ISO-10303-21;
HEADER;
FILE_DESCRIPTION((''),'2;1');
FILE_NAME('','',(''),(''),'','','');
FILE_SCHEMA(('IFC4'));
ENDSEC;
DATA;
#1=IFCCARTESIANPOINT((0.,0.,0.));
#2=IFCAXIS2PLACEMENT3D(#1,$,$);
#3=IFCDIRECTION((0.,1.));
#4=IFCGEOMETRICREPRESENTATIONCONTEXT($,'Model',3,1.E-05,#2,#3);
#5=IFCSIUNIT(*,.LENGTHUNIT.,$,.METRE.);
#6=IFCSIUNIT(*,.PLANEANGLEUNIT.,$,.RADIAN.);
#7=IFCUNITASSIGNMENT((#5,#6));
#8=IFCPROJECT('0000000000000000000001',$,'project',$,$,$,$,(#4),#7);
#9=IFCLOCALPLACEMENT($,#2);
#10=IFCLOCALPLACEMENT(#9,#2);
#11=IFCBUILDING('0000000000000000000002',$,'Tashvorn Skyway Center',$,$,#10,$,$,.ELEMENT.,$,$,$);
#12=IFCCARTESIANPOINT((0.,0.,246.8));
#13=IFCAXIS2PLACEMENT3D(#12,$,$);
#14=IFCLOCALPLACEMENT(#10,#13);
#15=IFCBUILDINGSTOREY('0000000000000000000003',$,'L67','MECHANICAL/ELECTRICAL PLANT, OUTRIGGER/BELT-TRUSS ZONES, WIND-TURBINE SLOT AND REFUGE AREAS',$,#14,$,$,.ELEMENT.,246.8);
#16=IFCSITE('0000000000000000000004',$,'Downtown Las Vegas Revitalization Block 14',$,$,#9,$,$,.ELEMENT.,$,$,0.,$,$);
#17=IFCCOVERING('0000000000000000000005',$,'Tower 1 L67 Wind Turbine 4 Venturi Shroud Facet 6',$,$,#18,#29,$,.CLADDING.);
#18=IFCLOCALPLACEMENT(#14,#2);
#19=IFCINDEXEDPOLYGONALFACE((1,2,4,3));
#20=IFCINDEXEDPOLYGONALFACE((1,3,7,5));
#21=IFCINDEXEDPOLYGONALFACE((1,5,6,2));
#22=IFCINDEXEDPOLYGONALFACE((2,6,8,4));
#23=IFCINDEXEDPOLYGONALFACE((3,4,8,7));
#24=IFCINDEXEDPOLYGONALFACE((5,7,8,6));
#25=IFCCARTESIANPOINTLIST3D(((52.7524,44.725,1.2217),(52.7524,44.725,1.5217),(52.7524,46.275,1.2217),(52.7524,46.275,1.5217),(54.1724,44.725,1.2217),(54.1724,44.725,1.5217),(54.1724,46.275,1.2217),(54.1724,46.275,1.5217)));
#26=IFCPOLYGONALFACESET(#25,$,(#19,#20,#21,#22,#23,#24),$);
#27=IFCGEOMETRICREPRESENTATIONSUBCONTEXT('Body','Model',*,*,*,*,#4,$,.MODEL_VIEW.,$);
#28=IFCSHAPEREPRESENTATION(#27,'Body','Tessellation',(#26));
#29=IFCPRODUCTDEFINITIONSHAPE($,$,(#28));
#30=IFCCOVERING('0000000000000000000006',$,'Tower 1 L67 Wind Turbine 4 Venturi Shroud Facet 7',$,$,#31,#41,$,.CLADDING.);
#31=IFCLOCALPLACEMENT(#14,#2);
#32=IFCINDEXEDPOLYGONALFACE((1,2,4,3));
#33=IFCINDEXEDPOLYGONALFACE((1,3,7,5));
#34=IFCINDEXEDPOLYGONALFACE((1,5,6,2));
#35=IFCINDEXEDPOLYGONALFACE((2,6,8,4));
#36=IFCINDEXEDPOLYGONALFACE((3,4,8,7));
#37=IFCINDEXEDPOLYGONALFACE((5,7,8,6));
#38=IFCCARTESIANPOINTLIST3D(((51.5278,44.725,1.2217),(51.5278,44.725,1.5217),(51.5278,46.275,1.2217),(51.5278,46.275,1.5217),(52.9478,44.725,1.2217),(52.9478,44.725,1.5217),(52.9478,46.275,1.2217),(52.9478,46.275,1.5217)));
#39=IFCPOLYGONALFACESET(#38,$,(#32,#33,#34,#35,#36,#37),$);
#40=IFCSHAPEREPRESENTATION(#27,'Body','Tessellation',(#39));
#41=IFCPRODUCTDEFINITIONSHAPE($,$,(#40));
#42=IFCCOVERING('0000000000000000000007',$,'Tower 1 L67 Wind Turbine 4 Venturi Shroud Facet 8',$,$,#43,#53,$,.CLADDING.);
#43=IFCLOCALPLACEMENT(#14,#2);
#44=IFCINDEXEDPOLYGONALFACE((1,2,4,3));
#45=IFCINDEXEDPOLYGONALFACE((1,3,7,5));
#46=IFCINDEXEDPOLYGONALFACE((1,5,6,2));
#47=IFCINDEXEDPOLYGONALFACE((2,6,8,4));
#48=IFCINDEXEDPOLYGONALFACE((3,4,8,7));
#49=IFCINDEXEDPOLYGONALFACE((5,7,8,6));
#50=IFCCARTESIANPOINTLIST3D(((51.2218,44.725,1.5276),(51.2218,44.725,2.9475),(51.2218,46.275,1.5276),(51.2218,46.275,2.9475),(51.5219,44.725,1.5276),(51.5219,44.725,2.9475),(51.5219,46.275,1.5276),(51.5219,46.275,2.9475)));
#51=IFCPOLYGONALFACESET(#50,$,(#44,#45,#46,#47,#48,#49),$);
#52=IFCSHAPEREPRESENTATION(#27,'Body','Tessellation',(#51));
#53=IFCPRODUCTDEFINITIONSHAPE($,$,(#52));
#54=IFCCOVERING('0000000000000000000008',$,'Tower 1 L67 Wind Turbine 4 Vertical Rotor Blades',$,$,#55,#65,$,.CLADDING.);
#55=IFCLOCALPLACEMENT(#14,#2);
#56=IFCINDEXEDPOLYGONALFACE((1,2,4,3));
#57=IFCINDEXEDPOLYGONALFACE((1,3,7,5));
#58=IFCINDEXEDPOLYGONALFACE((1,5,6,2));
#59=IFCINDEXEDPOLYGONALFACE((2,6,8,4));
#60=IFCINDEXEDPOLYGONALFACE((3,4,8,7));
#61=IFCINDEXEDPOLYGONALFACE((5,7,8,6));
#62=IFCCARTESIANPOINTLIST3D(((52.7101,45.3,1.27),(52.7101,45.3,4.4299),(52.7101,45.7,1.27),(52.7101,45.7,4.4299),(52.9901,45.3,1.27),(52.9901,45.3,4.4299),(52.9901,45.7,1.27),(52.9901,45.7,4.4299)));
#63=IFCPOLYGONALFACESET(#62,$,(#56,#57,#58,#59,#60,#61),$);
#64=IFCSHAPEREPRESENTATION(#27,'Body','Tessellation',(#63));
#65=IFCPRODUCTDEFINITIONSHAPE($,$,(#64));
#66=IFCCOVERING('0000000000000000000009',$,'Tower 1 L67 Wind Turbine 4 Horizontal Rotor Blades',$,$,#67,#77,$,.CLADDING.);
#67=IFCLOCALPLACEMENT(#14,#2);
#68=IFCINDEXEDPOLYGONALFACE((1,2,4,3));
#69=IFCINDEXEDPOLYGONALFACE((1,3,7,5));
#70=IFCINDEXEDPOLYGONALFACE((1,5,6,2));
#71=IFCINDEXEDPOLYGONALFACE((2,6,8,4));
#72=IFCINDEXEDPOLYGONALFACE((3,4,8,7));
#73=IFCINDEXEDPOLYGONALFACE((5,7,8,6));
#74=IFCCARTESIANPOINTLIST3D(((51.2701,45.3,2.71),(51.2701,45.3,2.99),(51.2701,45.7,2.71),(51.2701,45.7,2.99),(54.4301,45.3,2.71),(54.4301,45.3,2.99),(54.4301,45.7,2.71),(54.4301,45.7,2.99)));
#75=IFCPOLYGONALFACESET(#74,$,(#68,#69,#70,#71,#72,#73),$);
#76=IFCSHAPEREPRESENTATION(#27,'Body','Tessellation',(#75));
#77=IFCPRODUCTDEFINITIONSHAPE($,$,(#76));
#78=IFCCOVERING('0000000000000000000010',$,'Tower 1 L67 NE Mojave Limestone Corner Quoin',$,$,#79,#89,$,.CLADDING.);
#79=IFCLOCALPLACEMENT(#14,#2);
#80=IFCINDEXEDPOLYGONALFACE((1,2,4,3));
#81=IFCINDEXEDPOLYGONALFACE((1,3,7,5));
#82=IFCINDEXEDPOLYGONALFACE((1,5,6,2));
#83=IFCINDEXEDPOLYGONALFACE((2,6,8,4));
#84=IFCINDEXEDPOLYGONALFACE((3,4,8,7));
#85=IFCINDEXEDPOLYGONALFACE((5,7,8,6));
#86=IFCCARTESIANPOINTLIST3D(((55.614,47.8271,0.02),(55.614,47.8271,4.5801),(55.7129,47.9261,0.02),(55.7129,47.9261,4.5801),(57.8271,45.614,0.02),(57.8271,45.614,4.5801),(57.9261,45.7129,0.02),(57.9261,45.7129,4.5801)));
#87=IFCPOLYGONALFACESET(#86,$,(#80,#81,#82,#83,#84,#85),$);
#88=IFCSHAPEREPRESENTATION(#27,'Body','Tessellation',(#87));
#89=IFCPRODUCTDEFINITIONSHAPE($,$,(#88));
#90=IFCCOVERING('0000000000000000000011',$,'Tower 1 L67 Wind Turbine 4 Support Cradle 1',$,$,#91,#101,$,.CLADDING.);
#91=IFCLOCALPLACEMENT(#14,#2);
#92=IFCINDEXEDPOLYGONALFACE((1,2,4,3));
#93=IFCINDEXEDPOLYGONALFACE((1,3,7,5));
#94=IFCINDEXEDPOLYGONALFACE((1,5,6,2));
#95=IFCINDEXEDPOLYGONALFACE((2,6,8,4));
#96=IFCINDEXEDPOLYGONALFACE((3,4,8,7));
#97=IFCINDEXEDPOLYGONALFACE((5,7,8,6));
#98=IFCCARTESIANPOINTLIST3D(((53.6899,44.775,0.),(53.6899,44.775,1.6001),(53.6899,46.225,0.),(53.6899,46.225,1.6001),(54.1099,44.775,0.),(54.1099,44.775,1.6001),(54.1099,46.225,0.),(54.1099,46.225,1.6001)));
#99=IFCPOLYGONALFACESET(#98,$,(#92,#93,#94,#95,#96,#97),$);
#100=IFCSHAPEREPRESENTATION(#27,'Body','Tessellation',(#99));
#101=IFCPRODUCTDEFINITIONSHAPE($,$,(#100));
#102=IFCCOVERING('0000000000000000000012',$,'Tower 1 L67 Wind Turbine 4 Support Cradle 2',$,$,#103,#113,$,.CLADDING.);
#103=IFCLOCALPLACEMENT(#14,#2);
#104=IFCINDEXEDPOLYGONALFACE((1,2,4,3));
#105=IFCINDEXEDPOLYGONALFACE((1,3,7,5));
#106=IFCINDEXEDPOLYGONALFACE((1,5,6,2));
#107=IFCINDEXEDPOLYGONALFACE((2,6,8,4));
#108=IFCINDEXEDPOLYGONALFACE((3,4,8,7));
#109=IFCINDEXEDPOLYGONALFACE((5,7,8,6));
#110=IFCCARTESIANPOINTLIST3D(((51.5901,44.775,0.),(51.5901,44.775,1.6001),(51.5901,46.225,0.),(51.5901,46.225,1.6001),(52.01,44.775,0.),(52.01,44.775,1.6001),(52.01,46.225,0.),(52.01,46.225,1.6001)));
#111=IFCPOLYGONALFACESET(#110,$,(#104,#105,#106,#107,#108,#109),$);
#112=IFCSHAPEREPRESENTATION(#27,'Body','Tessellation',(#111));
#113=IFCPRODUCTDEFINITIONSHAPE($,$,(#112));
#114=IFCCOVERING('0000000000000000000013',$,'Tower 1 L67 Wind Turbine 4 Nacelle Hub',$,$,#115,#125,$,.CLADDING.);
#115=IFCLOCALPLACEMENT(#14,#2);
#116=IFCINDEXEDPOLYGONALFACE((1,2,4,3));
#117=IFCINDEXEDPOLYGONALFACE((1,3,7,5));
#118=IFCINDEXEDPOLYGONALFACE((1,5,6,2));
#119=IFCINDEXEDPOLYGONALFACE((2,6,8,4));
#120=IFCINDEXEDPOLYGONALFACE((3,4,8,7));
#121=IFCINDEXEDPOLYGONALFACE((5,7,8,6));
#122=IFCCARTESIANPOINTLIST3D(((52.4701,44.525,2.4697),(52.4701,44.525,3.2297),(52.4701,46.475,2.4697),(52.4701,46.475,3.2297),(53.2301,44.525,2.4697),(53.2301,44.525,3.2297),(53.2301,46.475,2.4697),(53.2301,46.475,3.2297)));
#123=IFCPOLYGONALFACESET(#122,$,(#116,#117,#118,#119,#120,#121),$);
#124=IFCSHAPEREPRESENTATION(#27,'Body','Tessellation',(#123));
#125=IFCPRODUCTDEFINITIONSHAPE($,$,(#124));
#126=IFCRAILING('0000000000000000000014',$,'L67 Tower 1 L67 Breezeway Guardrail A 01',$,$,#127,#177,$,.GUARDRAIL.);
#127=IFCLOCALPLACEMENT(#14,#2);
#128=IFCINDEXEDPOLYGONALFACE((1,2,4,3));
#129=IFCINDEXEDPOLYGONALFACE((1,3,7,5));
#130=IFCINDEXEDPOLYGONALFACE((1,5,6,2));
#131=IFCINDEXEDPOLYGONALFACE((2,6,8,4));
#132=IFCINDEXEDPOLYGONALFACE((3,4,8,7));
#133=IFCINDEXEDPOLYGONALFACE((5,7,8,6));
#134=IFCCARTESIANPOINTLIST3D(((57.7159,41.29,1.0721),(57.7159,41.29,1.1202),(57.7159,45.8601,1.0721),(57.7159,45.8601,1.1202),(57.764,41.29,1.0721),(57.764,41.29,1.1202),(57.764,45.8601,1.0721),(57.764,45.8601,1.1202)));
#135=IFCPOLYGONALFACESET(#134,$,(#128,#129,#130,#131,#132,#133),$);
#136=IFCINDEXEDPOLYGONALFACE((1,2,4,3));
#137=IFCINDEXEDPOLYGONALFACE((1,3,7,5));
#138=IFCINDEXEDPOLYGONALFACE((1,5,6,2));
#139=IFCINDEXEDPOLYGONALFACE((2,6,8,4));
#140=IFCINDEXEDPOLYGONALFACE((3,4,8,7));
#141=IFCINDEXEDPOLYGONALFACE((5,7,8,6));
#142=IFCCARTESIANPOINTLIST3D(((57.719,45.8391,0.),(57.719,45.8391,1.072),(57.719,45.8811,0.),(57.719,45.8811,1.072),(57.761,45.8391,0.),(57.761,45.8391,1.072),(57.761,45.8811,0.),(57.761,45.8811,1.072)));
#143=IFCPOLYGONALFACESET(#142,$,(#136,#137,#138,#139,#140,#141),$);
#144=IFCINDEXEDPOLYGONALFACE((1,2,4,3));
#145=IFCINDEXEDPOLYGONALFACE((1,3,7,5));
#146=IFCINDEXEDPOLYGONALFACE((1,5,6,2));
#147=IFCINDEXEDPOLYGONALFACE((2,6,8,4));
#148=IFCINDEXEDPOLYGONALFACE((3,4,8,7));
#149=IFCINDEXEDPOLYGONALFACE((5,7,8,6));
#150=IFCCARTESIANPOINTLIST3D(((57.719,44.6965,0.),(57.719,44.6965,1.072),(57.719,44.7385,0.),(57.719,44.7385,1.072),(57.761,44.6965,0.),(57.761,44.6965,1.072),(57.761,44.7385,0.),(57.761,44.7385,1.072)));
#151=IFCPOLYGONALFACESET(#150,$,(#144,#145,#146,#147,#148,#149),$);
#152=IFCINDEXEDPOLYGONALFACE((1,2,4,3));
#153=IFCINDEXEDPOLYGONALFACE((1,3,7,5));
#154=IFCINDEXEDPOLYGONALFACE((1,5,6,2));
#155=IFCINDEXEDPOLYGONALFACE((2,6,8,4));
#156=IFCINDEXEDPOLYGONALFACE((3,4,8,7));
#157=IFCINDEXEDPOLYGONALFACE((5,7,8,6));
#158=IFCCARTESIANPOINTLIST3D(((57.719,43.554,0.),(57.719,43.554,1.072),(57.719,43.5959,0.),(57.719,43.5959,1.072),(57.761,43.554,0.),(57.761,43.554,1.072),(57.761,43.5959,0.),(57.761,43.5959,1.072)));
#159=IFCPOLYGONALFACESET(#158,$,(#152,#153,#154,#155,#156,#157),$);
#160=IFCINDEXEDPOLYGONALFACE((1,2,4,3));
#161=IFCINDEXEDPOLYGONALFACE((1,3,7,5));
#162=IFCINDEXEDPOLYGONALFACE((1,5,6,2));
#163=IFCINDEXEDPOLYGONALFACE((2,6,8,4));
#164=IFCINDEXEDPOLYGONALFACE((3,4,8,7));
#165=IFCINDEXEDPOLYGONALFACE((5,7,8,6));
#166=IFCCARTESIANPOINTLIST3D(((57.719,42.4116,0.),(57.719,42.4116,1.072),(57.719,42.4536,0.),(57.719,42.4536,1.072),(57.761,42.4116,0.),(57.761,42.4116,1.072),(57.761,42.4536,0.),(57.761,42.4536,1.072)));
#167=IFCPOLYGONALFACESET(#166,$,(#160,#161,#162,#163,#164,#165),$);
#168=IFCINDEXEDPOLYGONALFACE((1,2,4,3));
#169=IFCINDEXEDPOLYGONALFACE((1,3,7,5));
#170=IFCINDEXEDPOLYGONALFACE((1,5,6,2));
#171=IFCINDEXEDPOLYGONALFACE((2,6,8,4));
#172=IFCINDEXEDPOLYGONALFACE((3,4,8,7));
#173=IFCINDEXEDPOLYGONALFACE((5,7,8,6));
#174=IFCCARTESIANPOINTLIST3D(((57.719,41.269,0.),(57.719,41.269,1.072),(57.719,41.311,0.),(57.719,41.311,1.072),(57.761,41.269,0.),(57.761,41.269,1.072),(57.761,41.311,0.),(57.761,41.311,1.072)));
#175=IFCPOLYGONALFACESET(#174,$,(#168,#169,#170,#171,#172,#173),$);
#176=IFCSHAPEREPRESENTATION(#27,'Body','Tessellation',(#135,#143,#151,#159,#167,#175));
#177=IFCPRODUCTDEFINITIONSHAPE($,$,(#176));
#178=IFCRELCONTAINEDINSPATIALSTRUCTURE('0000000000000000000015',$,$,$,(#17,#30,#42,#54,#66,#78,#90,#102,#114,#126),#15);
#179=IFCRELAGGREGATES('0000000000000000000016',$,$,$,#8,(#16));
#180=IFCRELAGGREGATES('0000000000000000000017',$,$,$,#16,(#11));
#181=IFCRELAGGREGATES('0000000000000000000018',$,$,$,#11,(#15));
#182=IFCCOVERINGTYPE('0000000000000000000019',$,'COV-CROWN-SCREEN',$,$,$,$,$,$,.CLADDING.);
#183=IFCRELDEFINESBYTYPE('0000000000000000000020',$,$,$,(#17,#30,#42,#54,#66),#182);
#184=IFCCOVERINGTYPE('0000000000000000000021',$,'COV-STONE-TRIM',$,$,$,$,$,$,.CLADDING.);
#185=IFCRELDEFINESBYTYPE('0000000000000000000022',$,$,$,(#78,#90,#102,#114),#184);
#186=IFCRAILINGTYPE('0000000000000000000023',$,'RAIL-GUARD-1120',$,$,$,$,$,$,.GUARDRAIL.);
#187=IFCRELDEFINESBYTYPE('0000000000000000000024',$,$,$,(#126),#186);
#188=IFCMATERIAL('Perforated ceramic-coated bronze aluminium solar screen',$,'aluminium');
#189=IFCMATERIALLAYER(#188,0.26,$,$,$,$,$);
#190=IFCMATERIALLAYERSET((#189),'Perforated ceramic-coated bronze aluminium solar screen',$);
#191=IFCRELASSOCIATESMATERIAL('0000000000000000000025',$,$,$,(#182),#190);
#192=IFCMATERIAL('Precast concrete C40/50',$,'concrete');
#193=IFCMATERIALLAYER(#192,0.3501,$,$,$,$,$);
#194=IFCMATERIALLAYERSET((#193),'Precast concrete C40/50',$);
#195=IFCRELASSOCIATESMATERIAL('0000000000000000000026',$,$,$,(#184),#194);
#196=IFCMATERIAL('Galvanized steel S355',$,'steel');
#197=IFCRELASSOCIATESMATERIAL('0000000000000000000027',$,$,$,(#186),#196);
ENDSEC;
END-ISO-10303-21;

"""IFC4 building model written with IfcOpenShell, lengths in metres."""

from ifc_helpers import new_model, si_unit, direction, frame, origin, origin_2d, place, context, subcontext, project, spatial, rectangle, extrude, material, layer, layer_set, type_object, element, save


model = new_model("IFC4")

# Units and contexts
model_context = context("Model", 3, precision=1e-05, world=origin(), true_north=direction((0.0, 1.0)))
body_context = subcontext(model_context, "Body", "Model", "MODEL_VIEW")
ifc_project = project(units=[si_unit("LENGTHUNIT", "METRE"), si_unit("PLANEANGLEUNIT", "RADIAN")], contexts=[model_context])

# Site, building, storey
site_placement = place(None, origin())
site = spatial("IfcSite", under=ifc_project, at=site_placement, Name="Downtown Las Vegas Revitalization Block 14", CompositionType="ELEMENT", RefElevation=0.0)
building_placement = place(site_placement, origin())
building = spatial("IfcBuilding", under=site, at=building_placement, Name="Tashvorn Skyway Center", CompositionType="ELEMENT")
storey_placement = place(building_placement, frame((0.0, 0.0, 246.8)))
storey = spatial("IfcBuildingStorey", under=building, at=storey_placement, Name="L67", Description="MECHANICAL/ELECTRICAL PLANT, OUTRIGGER/BELT-TRUSS ZONES, WIND-TURBINE SLOT AND REFUGE AREAS", CompositionType="ELEMENT", Elevation=246.8)

# Shared definitions
ifc_material_1 = material(Name="Precast concrete C40/50", Category="concrete")

# Coverings
ifc_material_2 = material(Name="Perforated ceramic-coated bronze aluminium solar screen", Category="aluminium")
ifc_layer_1 = layer(ifc_material_2, 0.26)
ifc_layer_set_1 = layer_set([ifc_layer_1], Name="Perforated ceramic-coated bronze aluminium solar screen")
covering_type_1 = type_object("IfcCoveringType", Name="COV-CROWN-SCREEN", PredefinedType="CLADDING", material=ifc_layer_set_1)
for number, where, z_axis, x_axis, name in (
    (1, (53.4624, 45.5, 1.2217), (0.0, 0.0, 1.0), (-1.0, 0.0, 0.0), "Tower 1 L67 Wind Turbine 4 Venturi Shroud Facet 6"),
    (2, (52.2378, 45.5, 1.2217), (0.0, 0.0, 1.0), (-1.0, 0.0, 0.0), "Tower 1 L67 Wind Turbine 4 Venturi Shroud Facet 7"),
):
    element("IfcCovering", number, at=place(storey_placement, frame(where, z_axis=z_axis, x_axis=x_axis)), inside=storey, type_object=covering_type_1, Name=name, PredefinedType="CLADDING", context=body_context, shape_type="SweptSolid", body=[
        extrude(rectangle(XDim=1.4199, YDim=1.55, at=origin_2d()), origin(), (0.0, 0.0, 1.0), 0.3),
    ])
covering_1_placement = place(storey_placement, frame((51.3718, 45.5, 1.5276), z_axis=(0.0, 0.0, 1.0), x_axis=(-1.0, 0.0, 0.0)))
element("IfcCovering", 3, at=covering_1_placement, inside=storey, type_object=covering_type_1, Name="Tower 1 L67 Wind Turbine 4 Venturi Shroud Facet 8", PredefinedType="CLADDING", context=body_context, shape_type="SweptSolid", body=[
    extrude(rectangle(XDim=0.3, YDim=1.55, at=origin_2d()), origin(), (0.0, 0.0, 1.0), 1.4199),
])
covering_2_placement = place(storey_placement, frame((52.8501, 45.5, 1.27), z_axis=(0.0, 0.0, 1.0), x_axis=(-1.0, 0.0, 0.0)))
element("IfcCovering", 4, at=covering_2_placement, inside=storey, type_object=covering_type_1, Name="Tower 1 L67 Wind Turbine 4 Vertical Rotor Blades", PredefinedType="CLADDING", context=body_context, shape_type="SweptSolid", body=[
    extrude(rectangle(XDim=0.28, YDim=0.3999, at=origin_2d()), origin(), (0.0, 0.0, 1.0), 3.1599),
])
covering_3_placement = place(storey_placement, frame((52.8501, 45.5, 2.71), z_axis=(0.0, 0.0, 1.0), x_axis=(-1.0, 0.0, 0.0)))
element("IfcCovering", 5, at=covering_3_placement, inside=storey, type_object=covering_type_1, Name="Tower 1 L67 Wind Turbine 4 Horizontal Rotor Blades", PredefinedType="CLADDING", context=body_context, shape_type="SweptSolid", body=[
    extrude(rectangle(XDim=3.1599, YDim=0.3999, at=origin_2d()), origin(), (0.0, 0.0, 1.0), 0.28),
])
ifc_layer_2 = layer(ifc_material_1, 0.3501)
ifc_layer_set_2 = layer_set([ifc_layer_2], Name="Precast concrete C40/50")
covering_type_2 = type_object("IfcCoveringType", Name="COV-STONE-TRIM", PredefinedType="CLADDING", material=ifc_layer_set_2)
covering_4_placement = place(storey_placement, frame((56.77, 46.77, 0.02), z_axis=(0.0, 0.0, 1.0), x_axis=(0.707107, -0.707107, 0.0)))
element("IfcCovering", 6, at=covering_4_placement, inside=storey, type_object=covering_type_2, Name="Tower 1 L67 NE Mojave Limestone Corner Quoin", PredefinedType="CLADDING", context=body_context, shape_type="SweptSolid", body=[
    extrude(rectangle(XDim=3.1299, YDim=0.1399, at=origin_2d()), origin(), (0.0, 0.0, 1.0), 4.5601),
])
for number, where, z_axis, x_axis, name in (
    (7, (53.8999, 45.5, 0.0), (0.0, 0.0, 1.0), (-1.0, 0.0, 0.0), "Tower 1 L67 Wind Turbine 4 Support Cradle 1"),
    (8, (51.8, 45.5, 0.0), (0.0, 0.0, 1.0), (-1.0, 0.0, 0.0), "Tower 1 L67 Wind Turbine 4 Support Cradle 2"),
):
    element("IfcCovering", number, at=place(storey_placement, frame(where, z_axis=z_axis, x_axis=x_axis)), inside=storey, type_object=covering_type_2, Name=name, PredefinedType="CLADDING", context=body_context, shape_type="SweptSolid", body=[
        extrude(rectangle(XDim=0.4199, YDim=1.45, at=origin_2d()), origin(), (0.0, 0.0, 1.0), 1.6001),
    ])
covering_5_placement = place(storey_placement, frame((52.8501, 45.5, 2.4697), z_axis=(0.0, 0.0, 1.0), x_axis=(-1.0, 0.0, 0.0)))
element("IfcCovering", 9, at=covering_5_placement, inside=storey, type_object=covering_type_2, Name="Tower 1 L67 Wind Turbine 4 Nacelle Hub", PredefinedType="CLADDING", context=body_context, shape_type="SweptSolid", body=[
    extrude(rectangle(XDim=0.76, YDim=1.95, at=origin_2d()), origin(), (0.0, 0.0, 1.0), 0.76),
])

# Railing
ifc_material_3 = material(Name="Galvanized steel S355", Category="steel")
railing_type = type_object("IfcRailingType", Name="RAIL-GUARD-1120", PredefinedType="GUARDRAIL", material=ifc_material_3)
railing_placement = place(storey_placement, frame((57.74, 45.8601, 0.0)))
element("IfcRailing", 10, at=railing_placement, inside=storey, type_object=railing_type, Name="L67 Tower 1 L67 Breezeway Guardrail A 01", PredefinedType="GUARDRAIL", context=body_context, shape_type="SweptSolid", body=[
    extrude(rectangle(XDim=0.0481, YDim=0.0481, at=origin_2d()), frame((0.0, 0.0, 1.0962), z_axis=(0.0, -1.0, 0.0), x_axis=(1.0, 0.0, 0.0)), (0.0, 0.0, 1.0), 4.5701),
    extrude(rectangle(XDim=0.042, YDim=0.042, at=origin_2d()), origin(), (0.0, 0.0, 1.0), 1.072),
    extrude(rectangle(XDim=0.042, YDim=0.042, at=origin_2d()), frame((0.0, -1.1426, 0.0)), (0.0, 0.0, 1.0), 1.072),
    extrude(rectangle(XDim=0.042, YDim=0.042, at=origin_2d()), frame((0.0, -2.2852, 0.0)), (0.0, 0.0, 1.0), 1.072),
    extrude(rectangle(XDim=0.042, YDim=0.042, at=origin_2d()), frame((0.0, -3.4275, 0.0)), (0.0, 0.0, 1.0), 1.072),
    extrude(rectangle(XDim=0.042, YDim=0.042, at=origin_2d()), frame((0.0, -4.5701, 0.0)), (0.0, 0.0, 1.0), 1.072),
])

save(model, "model.ifc")
